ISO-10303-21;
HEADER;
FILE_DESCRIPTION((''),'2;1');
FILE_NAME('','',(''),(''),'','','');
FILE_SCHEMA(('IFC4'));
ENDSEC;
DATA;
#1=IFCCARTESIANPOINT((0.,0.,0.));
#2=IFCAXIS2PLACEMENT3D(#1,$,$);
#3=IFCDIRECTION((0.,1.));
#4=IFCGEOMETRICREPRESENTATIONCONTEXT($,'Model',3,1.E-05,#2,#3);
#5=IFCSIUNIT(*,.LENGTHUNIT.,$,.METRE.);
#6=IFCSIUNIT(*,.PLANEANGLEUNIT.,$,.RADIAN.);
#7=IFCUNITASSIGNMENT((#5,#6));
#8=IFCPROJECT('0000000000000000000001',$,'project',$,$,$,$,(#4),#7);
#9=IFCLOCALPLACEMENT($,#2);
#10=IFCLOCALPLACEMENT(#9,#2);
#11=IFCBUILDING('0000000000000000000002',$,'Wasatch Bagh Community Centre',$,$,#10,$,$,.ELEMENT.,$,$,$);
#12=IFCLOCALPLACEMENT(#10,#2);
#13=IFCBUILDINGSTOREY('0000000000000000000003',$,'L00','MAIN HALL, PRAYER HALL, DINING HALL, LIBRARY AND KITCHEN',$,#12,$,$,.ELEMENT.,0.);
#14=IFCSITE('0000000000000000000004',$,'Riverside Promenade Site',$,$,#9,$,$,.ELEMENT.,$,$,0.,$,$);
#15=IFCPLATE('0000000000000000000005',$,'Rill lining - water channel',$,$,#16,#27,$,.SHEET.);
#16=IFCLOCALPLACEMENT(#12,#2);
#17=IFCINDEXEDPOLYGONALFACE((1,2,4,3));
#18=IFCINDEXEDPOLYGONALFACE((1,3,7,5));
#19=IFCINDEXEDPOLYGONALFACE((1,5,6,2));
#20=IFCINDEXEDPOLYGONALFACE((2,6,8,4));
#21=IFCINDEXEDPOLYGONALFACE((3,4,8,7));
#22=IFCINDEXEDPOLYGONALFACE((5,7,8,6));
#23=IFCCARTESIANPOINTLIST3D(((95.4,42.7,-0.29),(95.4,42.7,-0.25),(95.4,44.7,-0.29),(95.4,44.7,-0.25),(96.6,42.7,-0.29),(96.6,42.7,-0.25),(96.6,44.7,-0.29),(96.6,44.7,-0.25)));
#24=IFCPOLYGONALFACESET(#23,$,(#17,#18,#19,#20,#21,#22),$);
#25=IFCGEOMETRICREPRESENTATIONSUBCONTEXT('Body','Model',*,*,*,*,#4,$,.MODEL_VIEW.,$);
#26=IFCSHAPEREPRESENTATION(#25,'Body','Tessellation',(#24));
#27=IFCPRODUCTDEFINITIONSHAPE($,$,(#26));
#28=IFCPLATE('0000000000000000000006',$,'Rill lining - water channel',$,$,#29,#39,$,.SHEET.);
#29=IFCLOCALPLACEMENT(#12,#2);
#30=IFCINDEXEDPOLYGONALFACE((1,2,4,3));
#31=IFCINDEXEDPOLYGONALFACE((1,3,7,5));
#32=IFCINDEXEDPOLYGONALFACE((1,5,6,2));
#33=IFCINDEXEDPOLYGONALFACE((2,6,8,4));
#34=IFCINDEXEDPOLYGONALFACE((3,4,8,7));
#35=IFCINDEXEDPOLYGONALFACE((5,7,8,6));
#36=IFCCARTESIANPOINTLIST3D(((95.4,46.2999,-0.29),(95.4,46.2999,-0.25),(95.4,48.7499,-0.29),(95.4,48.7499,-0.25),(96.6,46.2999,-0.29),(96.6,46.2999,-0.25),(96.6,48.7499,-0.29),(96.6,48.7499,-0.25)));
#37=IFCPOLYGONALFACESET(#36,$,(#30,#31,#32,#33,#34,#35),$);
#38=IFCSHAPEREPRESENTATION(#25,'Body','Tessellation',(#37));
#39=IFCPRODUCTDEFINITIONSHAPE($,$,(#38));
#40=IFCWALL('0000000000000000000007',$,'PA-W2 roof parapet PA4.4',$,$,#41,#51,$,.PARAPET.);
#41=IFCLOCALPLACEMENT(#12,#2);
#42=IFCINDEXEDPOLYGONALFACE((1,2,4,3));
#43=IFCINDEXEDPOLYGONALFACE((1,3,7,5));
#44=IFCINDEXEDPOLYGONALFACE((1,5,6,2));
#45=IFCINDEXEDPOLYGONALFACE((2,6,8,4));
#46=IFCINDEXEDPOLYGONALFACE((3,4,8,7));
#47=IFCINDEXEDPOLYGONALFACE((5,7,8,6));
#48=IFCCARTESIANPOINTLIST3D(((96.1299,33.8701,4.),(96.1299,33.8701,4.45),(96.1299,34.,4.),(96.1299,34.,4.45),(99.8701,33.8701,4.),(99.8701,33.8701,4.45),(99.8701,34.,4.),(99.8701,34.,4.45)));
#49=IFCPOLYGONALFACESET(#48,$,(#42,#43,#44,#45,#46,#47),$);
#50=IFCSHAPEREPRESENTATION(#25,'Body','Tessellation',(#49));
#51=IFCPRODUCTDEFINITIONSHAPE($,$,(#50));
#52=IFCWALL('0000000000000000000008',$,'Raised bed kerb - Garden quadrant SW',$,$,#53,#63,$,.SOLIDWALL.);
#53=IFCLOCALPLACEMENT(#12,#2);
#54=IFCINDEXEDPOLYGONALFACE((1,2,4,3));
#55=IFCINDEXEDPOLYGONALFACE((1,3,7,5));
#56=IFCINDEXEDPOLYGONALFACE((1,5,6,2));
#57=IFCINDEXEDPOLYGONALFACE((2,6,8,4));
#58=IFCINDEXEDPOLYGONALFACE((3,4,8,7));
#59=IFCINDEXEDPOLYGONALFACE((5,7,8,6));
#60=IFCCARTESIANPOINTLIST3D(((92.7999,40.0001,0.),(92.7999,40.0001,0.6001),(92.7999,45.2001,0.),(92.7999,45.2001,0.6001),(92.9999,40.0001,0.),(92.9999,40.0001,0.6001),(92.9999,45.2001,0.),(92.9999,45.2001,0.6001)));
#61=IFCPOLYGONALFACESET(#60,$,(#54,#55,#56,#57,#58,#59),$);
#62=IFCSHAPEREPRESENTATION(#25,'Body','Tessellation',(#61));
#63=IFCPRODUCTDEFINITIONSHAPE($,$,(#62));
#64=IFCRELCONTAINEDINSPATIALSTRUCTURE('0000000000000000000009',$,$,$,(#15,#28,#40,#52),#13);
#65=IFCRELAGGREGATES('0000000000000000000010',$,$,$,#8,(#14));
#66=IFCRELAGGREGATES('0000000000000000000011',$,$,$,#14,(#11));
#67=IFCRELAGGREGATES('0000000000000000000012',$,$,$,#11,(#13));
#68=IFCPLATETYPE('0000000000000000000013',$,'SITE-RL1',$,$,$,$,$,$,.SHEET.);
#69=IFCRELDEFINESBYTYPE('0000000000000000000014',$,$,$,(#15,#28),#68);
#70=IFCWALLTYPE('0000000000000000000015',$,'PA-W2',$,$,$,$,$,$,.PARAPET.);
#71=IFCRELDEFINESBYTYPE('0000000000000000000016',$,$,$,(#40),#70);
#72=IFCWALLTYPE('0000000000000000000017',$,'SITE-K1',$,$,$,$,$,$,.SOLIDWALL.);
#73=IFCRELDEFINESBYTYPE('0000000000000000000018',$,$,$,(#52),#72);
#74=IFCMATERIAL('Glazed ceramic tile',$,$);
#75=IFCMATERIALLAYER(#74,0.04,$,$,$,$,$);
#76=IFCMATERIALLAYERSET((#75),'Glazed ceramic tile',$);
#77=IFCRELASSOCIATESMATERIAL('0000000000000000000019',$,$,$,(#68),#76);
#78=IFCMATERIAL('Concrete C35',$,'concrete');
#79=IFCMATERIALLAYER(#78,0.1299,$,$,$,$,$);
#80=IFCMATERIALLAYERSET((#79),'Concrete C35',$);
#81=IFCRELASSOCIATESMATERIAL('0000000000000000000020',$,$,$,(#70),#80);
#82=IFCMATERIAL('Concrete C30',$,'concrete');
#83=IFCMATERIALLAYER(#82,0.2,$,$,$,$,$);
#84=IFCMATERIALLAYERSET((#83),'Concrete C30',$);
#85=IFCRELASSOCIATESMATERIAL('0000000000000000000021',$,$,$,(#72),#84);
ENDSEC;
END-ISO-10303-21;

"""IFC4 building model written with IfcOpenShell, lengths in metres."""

from ifc_helpers import new_model, si_unit, direction, frame, frame_2d, origin, origin_2d, place, context, subcontext, project, spatial, rectangle, extrude, material, layer, layer_set, type_object, element, save


model = new_model("IFC4")

# Units and contexts
model_context = context("Model", 3, precision=1e-05, world=origin(), true_north=direction((0.0, 1.0)))
body_context = subcontext(model_context, "Body", "Model", "MODEL_VIEW")
ifc_project = project(units=[si_unit("LENGTHUNIT", "METRE"), si_unit("PLANEANGLEUNIT", "RADIAN")], contexts=[model_context])

# Site, building, storey
site_placement = place(None, origin())
site = spatial("IfcSite", under=ifc_project, at=site_placement, Name="Riverside Promenade Site", CompositionType="ELEMENT", RefElevation=0.0)
building_placement = place(site_placement, origin())
building = spatial("IfcBuilding", under=site, at=building_placement, Name="Wasatch Bagh Community Centre", CompositionType="ELEMENT")
storey_placement = place(building_placement, origin())
storey = spatial("IfcBuildingStorey", under=building, at=storey_placement, Name="L00", Description="MAIN HALL, PRAYER HALL, DINING HALL, LIBRARY AND KITCHEN", CompositionType="ELEMENT", Elevation=0.0)

# Shared definitions
ifc_material_1 = material(Name="Concrete C30", Category="concrete")

# Shared definitions
ifc_material_2 = material(Name="Concrete C35", Category="concrete")

# Plates
ifc_material_3 = material(Name="Glazed ceramic tile")
ifc_layer_1 = layer(ifc_material_3, 0.04)
ifc_layer_set_1 = layer_set([ifc_layer_1], Name="Glazed ceramic tile")
plate_type = type_object("IfcPlateType", Name="SITE-RL1", PredefinedType="SHEET", material=ifc_layer_set_1)
plate_1_placement = place(storey_placement, frame((96.0, 43.7, -0.29), z_axis=(0.0, 0.0, 1.0), x_axis=(1.0, 0.0, 0.0)))
element("IfcPlate", 1, at=plate_1_placement, inside=storey, type_object=plate_type, Name="Rill lining - water channel", PredefinedType="SHEET", context=body_context, shape_type="SweptSolid", body=[
    extrude(rectangle(XDim=1.2, YDim=2.0, at=origin_2d()), origin(), (0.0, 0.0, 1.0), 0.04),
])
plate_2_placement = place(storey_placement, frame((96.0, 47.5249, -0.29), z_axis=(0.0, 0.0, 1.0), x_axis=(1.0, 0.0, 0.0)))
element("IfcPlate", 2, at=plate_2_placement, inside=storey, type_object=plate_type, Name="Rill lining - water channel", PredefinedType="SHEET", context=body_context, shape_type="SweptSolid", body=[
    extrude(rectangle(XDim=1.2, YDim=2.45, at=origin_2d()), origin(), (0.0, 0.0, 1.0), 0.04),
])

# Walls
ifc_layer_2 = layer(ifc_material_2, 0.1299)
ifc_layer_set_2 = layer_set([ifc_layer_2], Name="Concrete C35")
wall_type_1 = type_object("IfcWallType", Name="PA-W2", PredefinedType="PARAPET", material=ifc_layer_set_2)
wall_1_placement = place(storey_placement, frame((96.1299, 33.9351, 4.0), z_axis=(0.0, 0.0, 1.0), x_axis=(1.0, 0.0, 0.0)))
element("IfcWall", 3, at=wall_1_placement, inside=storey, type_object=wall_type_1, Name="PA-W2 roof parapet PA4.4", PredefinedType="PARAPET", context=body_context, shape_type="SweptSolid", body=[
    extrude(rectangle(XDim=3.7402, YDim=0.1299, at=frame_2d((1.8701, 0.0))), origin(), (0.0, 0.0, 1.0), 0.45),
])
ifc_layer_3 = layer(ifc_material_1, 0.2)
ifc_layer_set_3 = layer_set([ifc_layer_3], Name="Concrete C30")
wall_type_2 = type_object("IfcWallType", Name="SITE-K1", PredefinedType="SOLIDWALL", material=ifc_layer_set_3)
wall_2_placement = place(storey_placement, frame((92.8999, 40.0, 0.0), z_axis=(0.0, 0.0, 1.0), x_axis=(0.0, 1.0, 0.0)))
element("IfcWall", 4, at=wall_2_placement, inside=storey, type_object=wall_type_2, Name="Raised bed kerb - Garden quadrant SW", PredefinedType="SOLIDWALL", context=body_context, shape_type="SweptSolid", body=[
    extrude(rectangle(XDim=5.2, YDim=0.2, at=frame_2d((2.6001, 0.0))), origin(), (0.0, 0.0, 1.0), 0.6001),
])

save(model, "model.ifc")
